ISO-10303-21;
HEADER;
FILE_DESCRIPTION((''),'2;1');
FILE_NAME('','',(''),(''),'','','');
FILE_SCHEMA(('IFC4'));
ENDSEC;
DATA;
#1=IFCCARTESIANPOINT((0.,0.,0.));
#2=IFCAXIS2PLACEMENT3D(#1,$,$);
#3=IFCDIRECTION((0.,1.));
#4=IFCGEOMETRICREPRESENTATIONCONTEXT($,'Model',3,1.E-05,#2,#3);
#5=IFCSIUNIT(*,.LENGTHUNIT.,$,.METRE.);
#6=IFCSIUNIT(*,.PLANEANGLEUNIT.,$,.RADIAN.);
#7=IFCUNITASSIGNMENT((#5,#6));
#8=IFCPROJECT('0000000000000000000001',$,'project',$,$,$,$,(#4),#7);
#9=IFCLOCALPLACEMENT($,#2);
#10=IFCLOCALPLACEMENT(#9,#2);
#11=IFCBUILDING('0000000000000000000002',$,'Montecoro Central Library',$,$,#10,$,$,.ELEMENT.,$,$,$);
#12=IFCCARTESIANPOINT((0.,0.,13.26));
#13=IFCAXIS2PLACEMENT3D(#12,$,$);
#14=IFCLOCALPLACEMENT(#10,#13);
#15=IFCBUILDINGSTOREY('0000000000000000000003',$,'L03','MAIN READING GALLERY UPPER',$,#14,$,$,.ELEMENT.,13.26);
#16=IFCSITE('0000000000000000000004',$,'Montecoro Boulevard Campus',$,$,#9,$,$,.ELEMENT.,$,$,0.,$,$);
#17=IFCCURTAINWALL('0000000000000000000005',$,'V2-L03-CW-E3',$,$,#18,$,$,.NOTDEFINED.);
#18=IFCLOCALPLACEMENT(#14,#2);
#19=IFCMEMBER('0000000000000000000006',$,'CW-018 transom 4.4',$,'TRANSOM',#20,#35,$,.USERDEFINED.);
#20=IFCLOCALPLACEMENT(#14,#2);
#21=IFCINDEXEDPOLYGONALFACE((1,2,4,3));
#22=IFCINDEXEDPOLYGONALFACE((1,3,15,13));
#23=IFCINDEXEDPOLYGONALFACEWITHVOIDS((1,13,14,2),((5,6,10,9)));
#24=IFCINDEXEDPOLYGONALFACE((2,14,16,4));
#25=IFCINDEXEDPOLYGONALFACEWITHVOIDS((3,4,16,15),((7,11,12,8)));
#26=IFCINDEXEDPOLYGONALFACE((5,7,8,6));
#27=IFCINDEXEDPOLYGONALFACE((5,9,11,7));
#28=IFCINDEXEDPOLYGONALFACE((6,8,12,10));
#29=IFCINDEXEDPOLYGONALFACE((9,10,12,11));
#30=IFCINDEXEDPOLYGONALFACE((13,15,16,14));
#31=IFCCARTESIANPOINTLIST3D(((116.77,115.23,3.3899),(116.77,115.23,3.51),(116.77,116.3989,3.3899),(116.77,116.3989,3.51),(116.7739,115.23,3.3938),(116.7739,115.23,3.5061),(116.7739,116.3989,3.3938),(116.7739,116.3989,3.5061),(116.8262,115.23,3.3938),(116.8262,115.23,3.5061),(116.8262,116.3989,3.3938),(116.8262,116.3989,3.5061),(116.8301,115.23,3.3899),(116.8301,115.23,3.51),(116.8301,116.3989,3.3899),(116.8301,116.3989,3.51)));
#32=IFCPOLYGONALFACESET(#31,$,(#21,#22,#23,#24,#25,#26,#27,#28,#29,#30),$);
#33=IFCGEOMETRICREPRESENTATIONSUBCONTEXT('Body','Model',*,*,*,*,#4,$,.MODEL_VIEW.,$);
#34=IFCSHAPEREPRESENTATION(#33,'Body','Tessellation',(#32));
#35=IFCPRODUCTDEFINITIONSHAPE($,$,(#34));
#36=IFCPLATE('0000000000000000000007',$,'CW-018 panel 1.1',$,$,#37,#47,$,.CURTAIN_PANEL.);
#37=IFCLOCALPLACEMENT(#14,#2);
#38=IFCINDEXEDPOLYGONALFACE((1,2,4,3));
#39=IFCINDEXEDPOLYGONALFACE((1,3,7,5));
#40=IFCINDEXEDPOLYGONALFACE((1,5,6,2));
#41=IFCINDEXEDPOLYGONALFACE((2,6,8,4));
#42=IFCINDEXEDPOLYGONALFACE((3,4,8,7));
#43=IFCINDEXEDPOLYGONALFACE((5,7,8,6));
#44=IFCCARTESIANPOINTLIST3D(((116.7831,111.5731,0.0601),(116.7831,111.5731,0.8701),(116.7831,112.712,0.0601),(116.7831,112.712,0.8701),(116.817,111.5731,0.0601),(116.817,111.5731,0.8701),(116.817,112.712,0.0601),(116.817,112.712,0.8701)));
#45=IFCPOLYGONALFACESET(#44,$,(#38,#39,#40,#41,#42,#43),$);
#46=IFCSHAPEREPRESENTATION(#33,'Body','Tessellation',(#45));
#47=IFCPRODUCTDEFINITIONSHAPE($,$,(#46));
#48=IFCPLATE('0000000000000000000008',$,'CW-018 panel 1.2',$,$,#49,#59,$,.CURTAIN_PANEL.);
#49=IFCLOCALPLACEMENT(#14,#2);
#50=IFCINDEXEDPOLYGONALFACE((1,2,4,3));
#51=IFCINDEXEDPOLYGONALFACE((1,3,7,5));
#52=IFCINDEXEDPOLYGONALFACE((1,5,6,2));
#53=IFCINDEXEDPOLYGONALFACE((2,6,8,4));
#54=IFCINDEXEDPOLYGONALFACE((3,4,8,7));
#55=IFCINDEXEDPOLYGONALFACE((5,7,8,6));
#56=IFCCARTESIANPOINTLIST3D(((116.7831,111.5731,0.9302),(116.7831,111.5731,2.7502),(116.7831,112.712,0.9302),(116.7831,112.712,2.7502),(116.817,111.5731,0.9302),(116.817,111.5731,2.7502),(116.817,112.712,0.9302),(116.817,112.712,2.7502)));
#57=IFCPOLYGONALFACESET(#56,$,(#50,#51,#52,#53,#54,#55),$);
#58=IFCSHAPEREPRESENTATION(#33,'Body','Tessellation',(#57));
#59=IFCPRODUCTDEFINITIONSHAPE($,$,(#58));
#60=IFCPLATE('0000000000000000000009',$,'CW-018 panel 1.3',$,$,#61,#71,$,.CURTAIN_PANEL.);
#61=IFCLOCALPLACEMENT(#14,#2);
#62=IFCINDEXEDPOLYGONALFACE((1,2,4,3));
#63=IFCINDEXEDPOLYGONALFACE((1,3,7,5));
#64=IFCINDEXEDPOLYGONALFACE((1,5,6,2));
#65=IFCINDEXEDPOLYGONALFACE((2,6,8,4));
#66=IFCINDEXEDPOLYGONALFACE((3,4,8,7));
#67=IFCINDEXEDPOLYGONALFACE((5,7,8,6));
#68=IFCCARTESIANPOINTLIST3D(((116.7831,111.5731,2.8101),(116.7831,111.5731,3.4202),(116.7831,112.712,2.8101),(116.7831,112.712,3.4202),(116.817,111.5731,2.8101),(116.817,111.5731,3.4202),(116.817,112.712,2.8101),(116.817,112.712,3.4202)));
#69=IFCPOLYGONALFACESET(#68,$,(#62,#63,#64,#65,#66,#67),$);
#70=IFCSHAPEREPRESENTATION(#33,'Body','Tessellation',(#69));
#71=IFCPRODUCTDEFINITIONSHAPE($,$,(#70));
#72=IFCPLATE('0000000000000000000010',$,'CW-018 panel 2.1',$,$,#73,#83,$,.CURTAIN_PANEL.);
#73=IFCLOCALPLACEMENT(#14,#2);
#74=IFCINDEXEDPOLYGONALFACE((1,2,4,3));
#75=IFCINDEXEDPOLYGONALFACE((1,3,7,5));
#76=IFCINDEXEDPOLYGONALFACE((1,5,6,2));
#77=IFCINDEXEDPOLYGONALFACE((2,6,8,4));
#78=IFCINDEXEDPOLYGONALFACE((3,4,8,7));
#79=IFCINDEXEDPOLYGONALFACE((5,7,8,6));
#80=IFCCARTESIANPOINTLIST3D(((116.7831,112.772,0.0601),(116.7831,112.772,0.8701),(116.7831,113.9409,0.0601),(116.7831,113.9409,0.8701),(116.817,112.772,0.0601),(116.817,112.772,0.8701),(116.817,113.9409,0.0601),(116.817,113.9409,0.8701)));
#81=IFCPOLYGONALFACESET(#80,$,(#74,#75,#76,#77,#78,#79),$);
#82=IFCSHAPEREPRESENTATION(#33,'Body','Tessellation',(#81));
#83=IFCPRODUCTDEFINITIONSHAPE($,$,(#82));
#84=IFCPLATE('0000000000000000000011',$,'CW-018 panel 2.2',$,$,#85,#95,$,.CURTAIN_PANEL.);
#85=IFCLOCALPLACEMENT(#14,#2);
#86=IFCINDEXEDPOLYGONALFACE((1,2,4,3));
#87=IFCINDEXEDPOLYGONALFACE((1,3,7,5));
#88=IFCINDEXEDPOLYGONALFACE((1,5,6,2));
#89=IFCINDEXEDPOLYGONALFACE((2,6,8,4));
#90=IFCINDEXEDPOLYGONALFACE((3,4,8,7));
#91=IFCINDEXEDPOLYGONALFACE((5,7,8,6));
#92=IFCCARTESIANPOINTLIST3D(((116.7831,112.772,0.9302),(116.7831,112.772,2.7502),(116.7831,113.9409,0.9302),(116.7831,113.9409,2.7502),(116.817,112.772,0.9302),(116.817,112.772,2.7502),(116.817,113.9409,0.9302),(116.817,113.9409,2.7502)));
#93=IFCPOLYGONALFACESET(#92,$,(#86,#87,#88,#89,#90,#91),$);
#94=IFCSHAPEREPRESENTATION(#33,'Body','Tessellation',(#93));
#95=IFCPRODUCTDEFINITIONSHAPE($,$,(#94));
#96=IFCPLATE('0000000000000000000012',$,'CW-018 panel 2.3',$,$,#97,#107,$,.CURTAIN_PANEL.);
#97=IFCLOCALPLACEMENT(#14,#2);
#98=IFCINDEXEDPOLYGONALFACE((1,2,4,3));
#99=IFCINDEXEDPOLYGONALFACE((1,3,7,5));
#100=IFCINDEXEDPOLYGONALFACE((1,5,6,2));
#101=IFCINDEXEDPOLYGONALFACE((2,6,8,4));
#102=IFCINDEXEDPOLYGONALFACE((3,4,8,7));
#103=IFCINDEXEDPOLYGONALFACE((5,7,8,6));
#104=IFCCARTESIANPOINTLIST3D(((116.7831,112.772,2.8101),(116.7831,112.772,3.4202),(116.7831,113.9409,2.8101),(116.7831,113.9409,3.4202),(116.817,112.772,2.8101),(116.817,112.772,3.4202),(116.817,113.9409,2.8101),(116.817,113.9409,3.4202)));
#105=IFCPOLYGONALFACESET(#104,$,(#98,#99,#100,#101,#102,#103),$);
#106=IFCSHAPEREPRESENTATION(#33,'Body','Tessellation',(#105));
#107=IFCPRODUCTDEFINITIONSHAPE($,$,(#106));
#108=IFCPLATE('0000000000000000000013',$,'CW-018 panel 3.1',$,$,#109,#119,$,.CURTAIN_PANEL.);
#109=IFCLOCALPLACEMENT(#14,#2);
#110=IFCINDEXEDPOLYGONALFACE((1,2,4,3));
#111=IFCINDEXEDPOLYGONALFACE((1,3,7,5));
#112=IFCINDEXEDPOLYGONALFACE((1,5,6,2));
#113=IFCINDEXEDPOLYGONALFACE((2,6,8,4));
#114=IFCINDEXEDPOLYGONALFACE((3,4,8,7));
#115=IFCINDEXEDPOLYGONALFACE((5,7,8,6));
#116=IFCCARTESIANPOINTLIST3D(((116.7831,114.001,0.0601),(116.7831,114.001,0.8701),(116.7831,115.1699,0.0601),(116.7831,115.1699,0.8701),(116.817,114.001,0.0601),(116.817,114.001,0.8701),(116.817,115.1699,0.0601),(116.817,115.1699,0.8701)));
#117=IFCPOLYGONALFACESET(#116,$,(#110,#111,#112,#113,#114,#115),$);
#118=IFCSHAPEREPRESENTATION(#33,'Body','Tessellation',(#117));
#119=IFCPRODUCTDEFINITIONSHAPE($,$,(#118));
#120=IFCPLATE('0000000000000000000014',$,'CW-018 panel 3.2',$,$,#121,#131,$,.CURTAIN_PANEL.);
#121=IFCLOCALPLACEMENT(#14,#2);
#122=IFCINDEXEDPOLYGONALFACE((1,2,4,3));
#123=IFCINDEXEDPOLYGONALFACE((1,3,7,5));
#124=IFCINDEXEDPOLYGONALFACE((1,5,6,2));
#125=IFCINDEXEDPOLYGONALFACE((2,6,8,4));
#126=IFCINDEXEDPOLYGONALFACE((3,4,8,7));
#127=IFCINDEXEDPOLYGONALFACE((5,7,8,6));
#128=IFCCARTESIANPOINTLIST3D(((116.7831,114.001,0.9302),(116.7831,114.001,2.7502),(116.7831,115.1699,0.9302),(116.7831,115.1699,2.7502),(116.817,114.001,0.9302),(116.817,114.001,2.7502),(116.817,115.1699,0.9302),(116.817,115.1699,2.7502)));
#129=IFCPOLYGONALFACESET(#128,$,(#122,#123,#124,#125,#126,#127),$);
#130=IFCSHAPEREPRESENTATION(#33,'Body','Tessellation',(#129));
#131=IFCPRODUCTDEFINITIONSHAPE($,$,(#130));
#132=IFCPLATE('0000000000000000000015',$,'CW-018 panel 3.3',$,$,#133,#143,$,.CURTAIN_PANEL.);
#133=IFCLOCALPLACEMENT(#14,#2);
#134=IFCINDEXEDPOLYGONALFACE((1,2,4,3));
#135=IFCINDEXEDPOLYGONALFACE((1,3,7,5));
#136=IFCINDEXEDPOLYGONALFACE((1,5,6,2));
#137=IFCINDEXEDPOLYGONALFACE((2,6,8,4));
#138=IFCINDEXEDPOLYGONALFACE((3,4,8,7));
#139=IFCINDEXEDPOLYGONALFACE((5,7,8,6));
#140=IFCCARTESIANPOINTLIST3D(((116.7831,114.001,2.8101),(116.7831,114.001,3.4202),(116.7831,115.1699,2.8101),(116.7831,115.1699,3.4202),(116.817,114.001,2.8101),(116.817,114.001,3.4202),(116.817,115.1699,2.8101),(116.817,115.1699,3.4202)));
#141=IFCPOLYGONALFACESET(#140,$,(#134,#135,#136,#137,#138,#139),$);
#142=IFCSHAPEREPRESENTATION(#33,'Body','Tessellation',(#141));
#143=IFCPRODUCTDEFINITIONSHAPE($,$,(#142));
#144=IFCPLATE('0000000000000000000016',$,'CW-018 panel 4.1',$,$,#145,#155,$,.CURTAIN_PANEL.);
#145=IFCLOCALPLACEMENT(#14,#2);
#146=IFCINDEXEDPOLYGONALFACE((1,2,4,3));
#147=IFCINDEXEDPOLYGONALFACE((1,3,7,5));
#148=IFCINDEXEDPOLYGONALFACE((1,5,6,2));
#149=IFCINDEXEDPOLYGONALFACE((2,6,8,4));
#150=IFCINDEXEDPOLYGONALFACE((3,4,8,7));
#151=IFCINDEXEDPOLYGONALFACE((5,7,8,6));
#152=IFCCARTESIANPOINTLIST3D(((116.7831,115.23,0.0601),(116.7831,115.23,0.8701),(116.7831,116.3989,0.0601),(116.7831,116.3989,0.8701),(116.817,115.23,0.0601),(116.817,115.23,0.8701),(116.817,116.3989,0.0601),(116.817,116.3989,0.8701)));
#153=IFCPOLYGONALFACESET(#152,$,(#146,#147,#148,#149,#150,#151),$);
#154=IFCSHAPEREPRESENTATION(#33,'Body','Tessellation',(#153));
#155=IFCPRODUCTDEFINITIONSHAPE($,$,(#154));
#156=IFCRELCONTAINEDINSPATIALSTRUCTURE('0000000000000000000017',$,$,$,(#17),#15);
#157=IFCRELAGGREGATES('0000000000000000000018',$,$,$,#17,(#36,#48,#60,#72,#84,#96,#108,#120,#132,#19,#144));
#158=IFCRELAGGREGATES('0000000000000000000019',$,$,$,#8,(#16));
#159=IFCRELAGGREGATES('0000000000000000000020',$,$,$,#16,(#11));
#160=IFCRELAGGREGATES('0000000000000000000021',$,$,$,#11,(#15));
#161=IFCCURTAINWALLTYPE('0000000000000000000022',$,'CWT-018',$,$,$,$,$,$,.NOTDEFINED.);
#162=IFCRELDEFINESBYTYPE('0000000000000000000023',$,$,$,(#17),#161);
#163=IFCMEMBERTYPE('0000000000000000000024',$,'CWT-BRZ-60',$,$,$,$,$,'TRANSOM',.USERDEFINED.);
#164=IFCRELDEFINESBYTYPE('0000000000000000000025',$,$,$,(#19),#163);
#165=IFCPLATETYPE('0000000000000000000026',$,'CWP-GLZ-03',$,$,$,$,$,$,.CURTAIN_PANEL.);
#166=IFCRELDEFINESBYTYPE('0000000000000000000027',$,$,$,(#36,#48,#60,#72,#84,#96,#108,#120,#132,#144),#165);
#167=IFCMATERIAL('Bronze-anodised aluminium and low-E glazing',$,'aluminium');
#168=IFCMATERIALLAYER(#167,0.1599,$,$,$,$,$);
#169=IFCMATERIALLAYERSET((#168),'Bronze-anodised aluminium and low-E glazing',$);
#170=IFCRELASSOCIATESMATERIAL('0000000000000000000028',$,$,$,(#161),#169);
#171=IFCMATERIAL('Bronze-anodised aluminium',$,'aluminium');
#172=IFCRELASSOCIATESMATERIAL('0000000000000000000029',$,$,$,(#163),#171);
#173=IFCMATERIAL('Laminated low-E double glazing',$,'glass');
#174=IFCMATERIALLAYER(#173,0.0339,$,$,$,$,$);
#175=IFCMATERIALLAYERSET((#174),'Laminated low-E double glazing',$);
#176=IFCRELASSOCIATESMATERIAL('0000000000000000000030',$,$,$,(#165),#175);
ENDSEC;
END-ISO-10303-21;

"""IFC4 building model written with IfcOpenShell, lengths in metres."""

from ifc_helpers import new_model, si_unit, direction, frame, origin, origin_2d, place, context, subcontext, project, spatial, rectangle, hollow_rectangle, extrude, material, layer, layer_set, material_profile, profile_set, type_object, element, aggregate, save


model = new_model("IFC4")

# Units and contexts
model_context = context("Model", 3, precision=1e-05, world=origin(), true_north=direction((0.0, 1.0)))
body_context = subcontext(model_context, "Body", "Model", "MODEL_VIEW")
ifc_project = project(units=[si_unit("LENGTHUNIT", "METRE"), si_unit("PLANEANGLEUNIT", "RADIAN")], contexts=[model_context])

# Site, building, storey
site_placement = place(None, origin())
site = spatial("IfcSite", under=ifc_project, at=site_placement, Name="Montecoro Boulevard Campus", CompositionType="ELEMENT", RefElevation=0.0)
building_placement = place(site_placement, origin())
building = spatial("IfcBuilding", under=site, at=building_placement, Name="Montecoro Central Library", CompositionType="ELEMENT")
storey_placement = place(building_placement, frame((0.0, 0.0, 13.26)))
storey = spatial("IfcBuildingStorey", under=building, at=storey_placement, Name="L03", Description="MAIN READING GALLERY UPPER", CompositionType="ELEMENT", Elevation=13.26)

# Curtain wall, member, plates
ifc_material_1 = material(Name="Bronze-anodised aluminium and low-E glazing", Category="aluminium")
ifc_layer_1 = layer(ifc_material_1, 0.1599)
ifc_layer_set_1 = layer_set([ifc_layer_1], Name="Bronze-anodised aluminium and low-E glazing")
curtain_wall_type = type_object("IfcCurtainWallType", Name="CWT-018", PredefinedType="NOTDEFINED", material=ifc_layer_set_1)
curtain_wall_placement = place(storey_placement, origin())
curtain_wall = element("IfcCurtainWall", 1, at=curtain_wall_placement, inside=storey, type_object=curtain_wall_type, Name="V2-L03-CW-E3", PredefinedType="NOTDEFINED")
ifc_material_2 = material(Name="Bronze-anodised aluminium", Category="aluminium")
ifc_material_profile_1 = material_profile(ifc_material_2, hollow_rectangle(XDim=0.0601, YDim=0.1201, WallThickness=0.0039, at=origin_2d()), Name="CWT 120x60x4.0")
ifc_profile_set_1 = profile_set([ifc_material_profile_1], Name="Bronze-anodised aluminium")
member_type_1 = type_object("IfcMemberType", Name="CWT-BRZ-60", ElementType="TRANSOM", PredefinedType="USERDEFINED", material=ifc_profile_set_1)
member_1_placement = place(storey_placement, frame((116.8, 115.23, 3.45), z_axis=(0.0, 1.0, 0.0), x_axis=(-1.0, 0.0, 0.0)))
member_1 = element("IfcMember", 2, at=member_1_placement, type_object=member_type_1, Name="CW-018 transom 4.4", ObjectType="TRANSOM", PredefinedType="USERDEFINED", context=body_context, shape_type="SweptSolid", body=[
    extrude(hollow_rectangle(XDim=0.0601, YDim=0.1201, WallThickness=0.0039, at=origin_2d()), origin(), (0.0, 0.0, 1.0), 1.1689),
])
ifc_material_3 = material(Name="Laminated low-E double glazing", Category="glass")
ifc_layer_2 = layer(ifc_material_3, 0.0339)
ifc_layer_set_2 = layer_set([ifc_layer_2], Name="Laminated low-E double glazing")
plate_type = type_object("IfcPlateType", Name="CWP-GLZ-03", PredefinedType="CURTAIN_PANEL", material=ifc_layer_set_2)
plate_1_placement = place(storey_placement, frame((116.8, 112.1426, 0.0601), z_axis=(0.0, 0.0, 1.0), x_axis=(0.0, 1.0, 0.0)))
plate_1 = element("IfcPlate", 3, at=plate_1_placement, type_object=plate_type, Name="CW-018 panel 1.1", PredefinedType="CURTAIN_PANEL", context=body_context, shape_type="SweptSolid", body=[
    extrude(rectangle(XDim=1.1389, YDim=0.0339, at=origin_2d()), origin(), (0.0, 0.0, 1.0), 0.8101),
])
plate_2_placement = place(storey_placement, frame((116.8, 112.1426, 0.9302), z_axis=(0.0, 0.0, 1.0), x_axis=(0.0, 1.0, 0.0)))
plate_2 = element("IfcPlate", 4, at=plate_2_placement, type_object=plate_type, Name="CW-018 panel 1.2", PredefinedType="CURTAIN_PANEL", context=body_context, shape_type="SweptSolid", body=[
    extrude(rectangle(XDim=1.1389, YDim=0.0339, at=origin_2d()), origin(), (0.0, 0.0, 1.0), 1.8201),
])
plate_3_placement = place(storey_placement, frame((116.8, 112.1426, 2.8101), z_axis=(0.0, 0.0, 1.0), x_axis=(0.0, 1.0, 0.0)))
plate_3 = element("IfcPlate", 5, at=plate_3_placement, type_object=plate_type, Name="CW-018 panel 1.3", PredefinedType="CURTAIN_PANEL", context=body_context, shape_type="SweptSolid", body=[
    extrude(rectangle(XDim=1.1389, YDim=0.0339, at=origin_2d()), origin(), (0.0, 0.0, 1.0), 0.6101),
])
plate_4_placement = place(storey_placement, frame((116.8, 113.3564, 0.0601), z_axis=(0.0, 0.0, 1.0), x_axis=(0.0, 1.0, 0.0)))
plate_4 = element("IfcPlate", 6, at=plate_4_placement, type_object=plate_type, Name="CW-018 panel 2.1", PredefinedType="CURTAIN_PANEL", context=body_context, shape_type="SweptSolid", body=[
    extrude(rectangle(XDim=1.1689, YDim=0.0339, at=origin_2d()), origin(), (0.0, 0.0, 1.0), 0.8101),
])
plate_5_placement = place(storey_placement, frame((116.8, 113.3564, 0.9302), z_axis=(0.0, 0.0, 1.0), x_axis=(0.0, 1.0, 0.0)))
plate_5 = element("IfcPlate", 7, at=plate_5_placement, type_object=plate_type, Name="CW-018 panel 2.2", PredefinedType="CURTAIN_PANEL", context=body_context, shape_type="SweptSolid", body=[
    extrude(rectangle(XDim=1.1689, YDim=0.0339, at=origin_2d()), origin(), (0.0, 0.0, 1.0), 1.8201),
])
plate_6_placement = place(storey_placement, frame((116.8, 113.3564, 2.8101), z_axis=(0.0, 0.0, 1.0), x_axis=(0.0, 1.0, 0.0)))
plate_6 = element("IfcPlate", 8, at=plate_6_placement, type_object=plate_type, Name="CW-018 panel 2.3", PredefinedType="CURTAIN_PANEL", context=body_context, shape_type="SweptSolid", body=[
    extrude(rectangle(XDim=1.1689, YDim=0.0339, at=origin_2d()), origin(), (0.0, 0.0, 1.0), 0.6101),
])
plate_7_placement = place(storey_placement, frame((116.8, 114.5854, 0.0601), z_axis=(0.0, 0.0, 1.0), x_axis=(0.0, 1.0, 0.0)))
plate_7 = element("IfcPlate", 9, at=plate_7_placement, type_object=plate_type, Name="CW-018 panel 3.1", PredefinedType="CURTAIN_PANEL", context=body_context, shape_type="SweptSolid", body=[
    extrude(rectangle(XDim=1.1689, YDim=0.0339, at=origin_2d()), origin(), (0.0, 0.0, 1.0), 0.8101),
])
plate_8_placement = place(storey_placement, frame((116.8, 114.5854, 0.9302), z_axis=(0.0, 0.0, 1.0), x_axis=(0.0, 1.0, 0.0)))
plate_8 = element("IfcPlate", 10, at=plate_8_placement, type_object=plate_type, Name="CW-018 panel 3.2", PredefinedType="CURTAIN_PANEL", context=body_context, shape_type="SweptSolid", body=[
    extrude(rectangle(XDim=1.1689, YDim=0.0339, at=origin_2d()), origin(), (0.0, 0.0, 1.0), 1.8201),
])
plate_9_placement = place(storey_placement, frame((116.8, 114.5854, 2.8101), z_axis=(0.0, 0.0, 1.0), x_axis=(0.0, 1.0, 0.0)))
plate_9 = element("IfcPlate", 11, at=plate_9_placement, type_object=plate_type, Name="CW-018 panel 3.3", PredefinedType="CURTAIN_PANEL", context=body_context, shape_type="SweptSolid", body=[
    extrude(rectangle(XDim=1.1689, YDim=0.0339, at=origin_2d()), origin(), (0.0, 0.0, 1.0), 0.6101),
])
plate_10_placement = place(storey_placement, frame((116.8, 115.8145, 0.0601), z_axis=(0.0, 0.0, 1.0), x_axis=(0.0, 1.0, 0.0)))
plate_10 = element("IfcPlate", 12, at=plate_10_placement, type_object=plate_type, Name="CW-018 panel 4.1", PredefinedType="CURTAIN_PANEL", context=body_context, shape_type="SweptSolid", body=[
    extrude(rectangle(XDim=1.1689, YDim=0.0339, at=origin_2d()), origin(), (0.0, 0.0, 1.0), 0.8101),
])
aggregate(curtain_wall, [plate_1, plate_2, plate_3, plate_4, plate_5, plate_6, plate_7, plate_8, plate_9, member_1, plate_10])

save(model, "model.ifc")
